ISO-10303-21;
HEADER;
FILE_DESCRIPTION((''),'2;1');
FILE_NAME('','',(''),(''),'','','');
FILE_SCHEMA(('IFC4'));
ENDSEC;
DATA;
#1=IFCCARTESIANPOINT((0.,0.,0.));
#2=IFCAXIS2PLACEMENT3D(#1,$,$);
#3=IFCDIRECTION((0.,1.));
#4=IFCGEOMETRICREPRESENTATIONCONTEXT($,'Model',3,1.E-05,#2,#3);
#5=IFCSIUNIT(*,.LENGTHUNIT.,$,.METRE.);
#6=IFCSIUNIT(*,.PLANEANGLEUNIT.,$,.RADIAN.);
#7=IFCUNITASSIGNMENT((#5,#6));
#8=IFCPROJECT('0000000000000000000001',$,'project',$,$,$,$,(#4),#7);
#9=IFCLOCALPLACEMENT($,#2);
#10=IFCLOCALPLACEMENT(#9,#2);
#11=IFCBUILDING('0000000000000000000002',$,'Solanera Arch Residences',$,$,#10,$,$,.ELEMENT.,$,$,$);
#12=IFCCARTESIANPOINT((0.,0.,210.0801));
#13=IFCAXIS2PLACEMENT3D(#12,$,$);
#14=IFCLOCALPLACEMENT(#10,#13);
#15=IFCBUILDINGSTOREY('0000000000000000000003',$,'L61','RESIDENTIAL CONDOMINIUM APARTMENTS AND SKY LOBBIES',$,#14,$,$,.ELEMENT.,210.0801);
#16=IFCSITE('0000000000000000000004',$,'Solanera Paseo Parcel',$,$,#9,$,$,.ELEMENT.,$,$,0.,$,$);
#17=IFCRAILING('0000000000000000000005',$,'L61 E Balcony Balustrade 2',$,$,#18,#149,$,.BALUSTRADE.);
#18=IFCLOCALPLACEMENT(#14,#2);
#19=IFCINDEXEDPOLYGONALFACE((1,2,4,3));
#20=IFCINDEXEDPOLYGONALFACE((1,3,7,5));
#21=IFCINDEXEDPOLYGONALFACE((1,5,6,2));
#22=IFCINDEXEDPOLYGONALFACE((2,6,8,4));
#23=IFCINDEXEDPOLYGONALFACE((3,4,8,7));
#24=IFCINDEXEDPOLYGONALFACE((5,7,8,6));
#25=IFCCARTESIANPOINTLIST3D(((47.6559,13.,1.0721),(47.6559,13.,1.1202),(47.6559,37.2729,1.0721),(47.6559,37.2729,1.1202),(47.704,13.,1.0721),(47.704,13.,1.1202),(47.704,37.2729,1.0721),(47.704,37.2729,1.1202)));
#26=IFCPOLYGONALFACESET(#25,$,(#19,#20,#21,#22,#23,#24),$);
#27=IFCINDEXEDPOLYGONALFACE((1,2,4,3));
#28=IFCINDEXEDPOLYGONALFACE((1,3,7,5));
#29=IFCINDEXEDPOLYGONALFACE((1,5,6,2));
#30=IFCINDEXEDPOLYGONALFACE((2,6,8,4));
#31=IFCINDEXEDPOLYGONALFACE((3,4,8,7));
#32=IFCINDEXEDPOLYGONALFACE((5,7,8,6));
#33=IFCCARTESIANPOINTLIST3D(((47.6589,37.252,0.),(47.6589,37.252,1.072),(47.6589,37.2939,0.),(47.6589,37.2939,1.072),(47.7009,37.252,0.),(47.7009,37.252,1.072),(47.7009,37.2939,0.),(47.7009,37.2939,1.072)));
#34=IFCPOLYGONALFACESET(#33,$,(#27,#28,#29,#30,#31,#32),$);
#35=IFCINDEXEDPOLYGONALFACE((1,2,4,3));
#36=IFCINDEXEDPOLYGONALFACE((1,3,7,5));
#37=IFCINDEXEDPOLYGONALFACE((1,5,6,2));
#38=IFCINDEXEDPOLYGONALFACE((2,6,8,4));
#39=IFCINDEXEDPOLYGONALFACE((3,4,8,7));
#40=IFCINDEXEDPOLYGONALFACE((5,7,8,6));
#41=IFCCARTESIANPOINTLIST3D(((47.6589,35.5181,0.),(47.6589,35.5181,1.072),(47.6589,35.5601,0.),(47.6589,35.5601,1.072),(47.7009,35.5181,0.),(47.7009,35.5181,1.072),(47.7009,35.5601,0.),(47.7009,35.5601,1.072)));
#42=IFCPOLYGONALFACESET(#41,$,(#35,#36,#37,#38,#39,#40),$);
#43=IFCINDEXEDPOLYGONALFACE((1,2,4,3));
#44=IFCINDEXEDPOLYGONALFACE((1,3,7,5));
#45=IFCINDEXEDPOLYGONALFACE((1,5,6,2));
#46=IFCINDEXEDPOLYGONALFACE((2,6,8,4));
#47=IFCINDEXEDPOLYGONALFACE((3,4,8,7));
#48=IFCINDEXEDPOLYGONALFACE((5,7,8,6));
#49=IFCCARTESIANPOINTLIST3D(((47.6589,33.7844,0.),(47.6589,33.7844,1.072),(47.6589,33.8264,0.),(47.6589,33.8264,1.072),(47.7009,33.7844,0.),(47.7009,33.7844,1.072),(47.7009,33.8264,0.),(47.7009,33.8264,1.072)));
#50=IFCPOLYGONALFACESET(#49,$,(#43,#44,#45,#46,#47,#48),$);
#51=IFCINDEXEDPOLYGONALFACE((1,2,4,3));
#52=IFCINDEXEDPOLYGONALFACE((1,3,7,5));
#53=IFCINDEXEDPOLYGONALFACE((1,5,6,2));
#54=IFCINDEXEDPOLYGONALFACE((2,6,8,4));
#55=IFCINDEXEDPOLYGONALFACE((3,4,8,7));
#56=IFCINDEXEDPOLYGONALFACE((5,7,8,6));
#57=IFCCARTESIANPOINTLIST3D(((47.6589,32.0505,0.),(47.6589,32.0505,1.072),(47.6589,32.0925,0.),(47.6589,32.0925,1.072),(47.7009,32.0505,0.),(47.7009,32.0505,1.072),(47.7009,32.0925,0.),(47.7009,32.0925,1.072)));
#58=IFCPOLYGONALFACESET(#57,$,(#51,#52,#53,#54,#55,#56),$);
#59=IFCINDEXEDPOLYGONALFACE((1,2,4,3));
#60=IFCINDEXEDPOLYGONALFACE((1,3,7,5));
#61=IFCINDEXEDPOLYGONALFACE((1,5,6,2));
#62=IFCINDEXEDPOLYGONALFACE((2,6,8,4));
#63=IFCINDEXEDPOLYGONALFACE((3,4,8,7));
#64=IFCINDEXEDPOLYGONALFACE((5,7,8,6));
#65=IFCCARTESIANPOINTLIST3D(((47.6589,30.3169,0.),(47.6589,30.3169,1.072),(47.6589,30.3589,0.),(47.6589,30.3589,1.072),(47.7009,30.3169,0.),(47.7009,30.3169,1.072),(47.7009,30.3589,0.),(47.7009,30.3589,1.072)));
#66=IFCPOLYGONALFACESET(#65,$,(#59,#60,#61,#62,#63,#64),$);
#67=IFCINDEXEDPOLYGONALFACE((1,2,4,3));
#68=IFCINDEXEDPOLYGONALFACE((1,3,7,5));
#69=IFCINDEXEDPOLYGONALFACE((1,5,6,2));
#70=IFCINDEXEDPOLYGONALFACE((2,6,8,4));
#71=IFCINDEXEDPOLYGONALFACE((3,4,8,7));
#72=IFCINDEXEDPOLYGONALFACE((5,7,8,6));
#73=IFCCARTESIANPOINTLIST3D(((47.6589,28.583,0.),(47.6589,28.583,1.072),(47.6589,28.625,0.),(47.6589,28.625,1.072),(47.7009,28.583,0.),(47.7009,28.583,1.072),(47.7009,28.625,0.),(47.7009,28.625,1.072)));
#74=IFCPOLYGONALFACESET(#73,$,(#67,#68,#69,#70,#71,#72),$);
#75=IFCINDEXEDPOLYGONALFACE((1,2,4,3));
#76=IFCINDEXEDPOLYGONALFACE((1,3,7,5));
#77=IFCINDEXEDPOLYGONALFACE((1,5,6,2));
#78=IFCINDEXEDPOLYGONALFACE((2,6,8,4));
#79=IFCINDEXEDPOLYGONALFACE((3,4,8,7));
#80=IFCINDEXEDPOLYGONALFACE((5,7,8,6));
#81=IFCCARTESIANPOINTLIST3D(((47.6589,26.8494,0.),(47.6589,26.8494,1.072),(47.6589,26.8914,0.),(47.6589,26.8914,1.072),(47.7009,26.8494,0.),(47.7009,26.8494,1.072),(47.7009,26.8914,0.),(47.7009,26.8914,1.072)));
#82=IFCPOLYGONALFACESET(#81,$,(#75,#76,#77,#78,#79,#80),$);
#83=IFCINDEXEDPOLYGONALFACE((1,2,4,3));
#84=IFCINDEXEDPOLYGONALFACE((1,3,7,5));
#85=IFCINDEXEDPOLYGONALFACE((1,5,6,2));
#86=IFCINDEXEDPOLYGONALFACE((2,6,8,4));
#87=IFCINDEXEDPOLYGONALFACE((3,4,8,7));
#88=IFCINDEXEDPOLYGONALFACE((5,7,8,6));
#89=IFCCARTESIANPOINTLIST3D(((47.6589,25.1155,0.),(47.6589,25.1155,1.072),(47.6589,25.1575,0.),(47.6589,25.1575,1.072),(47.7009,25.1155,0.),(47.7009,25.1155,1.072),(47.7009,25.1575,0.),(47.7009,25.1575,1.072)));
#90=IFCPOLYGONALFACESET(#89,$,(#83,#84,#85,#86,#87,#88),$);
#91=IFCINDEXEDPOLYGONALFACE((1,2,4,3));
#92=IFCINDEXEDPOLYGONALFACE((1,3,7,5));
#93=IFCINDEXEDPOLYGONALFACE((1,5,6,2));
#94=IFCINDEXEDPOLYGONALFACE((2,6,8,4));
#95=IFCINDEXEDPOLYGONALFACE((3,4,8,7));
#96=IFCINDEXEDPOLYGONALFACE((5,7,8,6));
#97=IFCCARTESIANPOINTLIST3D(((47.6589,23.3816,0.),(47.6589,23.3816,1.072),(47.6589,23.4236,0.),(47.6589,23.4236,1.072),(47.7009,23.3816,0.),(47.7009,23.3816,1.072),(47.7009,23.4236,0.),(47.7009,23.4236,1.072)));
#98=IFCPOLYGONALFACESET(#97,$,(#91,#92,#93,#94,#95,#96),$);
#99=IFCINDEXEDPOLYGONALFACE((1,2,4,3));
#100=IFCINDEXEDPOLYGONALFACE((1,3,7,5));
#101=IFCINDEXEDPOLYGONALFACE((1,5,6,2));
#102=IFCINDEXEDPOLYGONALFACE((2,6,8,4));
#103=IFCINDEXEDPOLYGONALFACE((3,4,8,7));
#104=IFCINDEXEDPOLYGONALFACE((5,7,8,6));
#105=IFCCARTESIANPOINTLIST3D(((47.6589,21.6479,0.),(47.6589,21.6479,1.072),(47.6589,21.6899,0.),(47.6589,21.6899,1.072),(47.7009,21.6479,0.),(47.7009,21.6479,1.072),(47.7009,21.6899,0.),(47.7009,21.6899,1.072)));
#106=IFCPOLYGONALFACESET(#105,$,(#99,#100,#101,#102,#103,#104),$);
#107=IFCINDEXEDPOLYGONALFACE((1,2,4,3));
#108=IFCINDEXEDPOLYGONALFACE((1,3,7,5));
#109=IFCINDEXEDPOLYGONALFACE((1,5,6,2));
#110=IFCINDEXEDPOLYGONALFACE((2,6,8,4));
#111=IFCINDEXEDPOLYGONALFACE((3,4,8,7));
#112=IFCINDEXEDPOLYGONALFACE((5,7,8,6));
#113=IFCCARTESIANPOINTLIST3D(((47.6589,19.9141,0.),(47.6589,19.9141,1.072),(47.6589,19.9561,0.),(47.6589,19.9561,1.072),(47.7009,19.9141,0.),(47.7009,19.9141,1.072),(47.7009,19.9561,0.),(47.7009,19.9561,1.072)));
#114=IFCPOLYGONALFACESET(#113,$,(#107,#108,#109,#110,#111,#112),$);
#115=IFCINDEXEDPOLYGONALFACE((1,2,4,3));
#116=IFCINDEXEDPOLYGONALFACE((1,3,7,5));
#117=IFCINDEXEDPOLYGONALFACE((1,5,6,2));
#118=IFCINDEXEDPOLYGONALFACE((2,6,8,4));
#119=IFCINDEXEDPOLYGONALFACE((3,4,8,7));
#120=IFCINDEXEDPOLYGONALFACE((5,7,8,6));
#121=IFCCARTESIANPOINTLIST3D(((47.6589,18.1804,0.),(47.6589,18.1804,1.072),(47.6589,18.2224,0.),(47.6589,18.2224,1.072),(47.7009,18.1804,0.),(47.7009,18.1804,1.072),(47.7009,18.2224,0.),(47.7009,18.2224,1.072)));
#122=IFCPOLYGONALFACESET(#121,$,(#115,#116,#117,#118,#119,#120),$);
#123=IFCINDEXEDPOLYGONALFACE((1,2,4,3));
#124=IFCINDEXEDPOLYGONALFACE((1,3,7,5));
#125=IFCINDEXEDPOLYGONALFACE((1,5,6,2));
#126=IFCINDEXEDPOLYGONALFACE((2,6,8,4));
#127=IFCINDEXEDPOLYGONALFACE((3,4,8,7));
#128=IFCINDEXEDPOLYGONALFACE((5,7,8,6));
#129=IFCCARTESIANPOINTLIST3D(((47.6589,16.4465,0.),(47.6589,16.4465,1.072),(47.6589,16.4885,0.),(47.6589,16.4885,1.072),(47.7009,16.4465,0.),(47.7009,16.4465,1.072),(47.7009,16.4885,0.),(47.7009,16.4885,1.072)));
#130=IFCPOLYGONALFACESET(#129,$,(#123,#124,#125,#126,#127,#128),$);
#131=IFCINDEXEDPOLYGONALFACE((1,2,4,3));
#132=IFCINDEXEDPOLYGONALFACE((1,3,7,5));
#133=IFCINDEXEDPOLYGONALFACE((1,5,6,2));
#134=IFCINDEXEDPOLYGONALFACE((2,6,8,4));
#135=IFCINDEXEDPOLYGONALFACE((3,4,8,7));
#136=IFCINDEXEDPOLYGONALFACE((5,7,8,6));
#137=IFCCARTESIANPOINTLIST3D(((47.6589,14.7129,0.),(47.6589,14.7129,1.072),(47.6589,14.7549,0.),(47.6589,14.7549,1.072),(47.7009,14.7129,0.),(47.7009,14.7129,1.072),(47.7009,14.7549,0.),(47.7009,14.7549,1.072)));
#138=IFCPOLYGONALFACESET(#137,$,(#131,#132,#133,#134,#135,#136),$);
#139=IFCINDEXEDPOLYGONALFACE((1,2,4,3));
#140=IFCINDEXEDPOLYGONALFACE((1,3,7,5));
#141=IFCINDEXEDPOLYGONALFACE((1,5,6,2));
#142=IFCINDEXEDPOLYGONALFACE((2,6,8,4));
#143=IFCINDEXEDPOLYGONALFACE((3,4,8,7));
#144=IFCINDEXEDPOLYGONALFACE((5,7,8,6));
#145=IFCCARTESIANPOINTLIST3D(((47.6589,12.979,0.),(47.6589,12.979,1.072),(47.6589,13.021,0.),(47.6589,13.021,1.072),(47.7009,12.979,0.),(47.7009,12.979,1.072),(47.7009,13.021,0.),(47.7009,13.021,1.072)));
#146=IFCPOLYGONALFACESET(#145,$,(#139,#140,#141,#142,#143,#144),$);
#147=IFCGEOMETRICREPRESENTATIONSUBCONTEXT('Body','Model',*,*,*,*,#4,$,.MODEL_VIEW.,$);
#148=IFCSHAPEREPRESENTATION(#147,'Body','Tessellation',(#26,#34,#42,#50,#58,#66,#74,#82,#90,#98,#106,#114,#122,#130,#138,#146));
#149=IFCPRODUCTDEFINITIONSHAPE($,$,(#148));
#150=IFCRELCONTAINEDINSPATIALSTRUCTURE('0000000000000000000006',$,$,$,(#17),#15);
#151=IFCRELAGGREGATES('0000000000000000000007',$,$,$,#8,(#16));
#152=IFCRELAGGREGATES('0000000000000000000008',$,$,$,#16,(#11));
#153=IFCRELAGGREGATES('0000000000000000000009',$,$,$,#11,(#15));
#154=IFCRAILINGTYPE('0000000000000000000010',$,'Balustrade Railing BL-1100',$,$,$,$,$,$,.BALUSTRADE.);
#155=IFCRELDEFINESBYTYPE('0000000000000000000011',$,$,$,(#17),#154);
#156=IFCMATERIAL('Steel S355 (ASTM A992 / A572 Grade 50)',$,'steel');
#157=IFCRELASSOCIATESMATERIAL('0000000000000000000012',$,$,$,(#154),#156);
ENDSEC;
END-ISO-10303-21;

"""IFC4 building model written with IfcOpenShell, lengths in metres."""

from ifc_helpers import new_model, si_unit, direction, frame, origin, origin_2d, place, context, subcontext, project, spatial, rectangle, extrude, material, type_object, element, save


model = new_model("IFC4")

# Units and contexts
model_context = context("Model", 3, precision=1e-05, world=origin(), true_north=direction((0.0, 1.0)))
body_context = subcontext(model_context, "Body", "Model", "MODEL_VIEW")
ifc_project = project(units=[si_unit("LENGTHUNIT", "METRE"), si_unit("PLANEANGLEUNIT", "RADIAN")], contexts=[model_context])

# Site, building, storey
site_placement = place(None, origin())
site = spatial("IfcSite", under=ifc_project, at=site_placement, Name="Solanera Paseo Parcel", CompositionType="ELEMENT", RefElevation=0.0)
building_placement = place(site_placement, origin())
building = spatial("IfcBuilding", under=site, at=building_placement, Name="Solanera Arch Residences", CompositionType="ELEMENT")
storey_placement = place(building_placement, frame((0.0, 0.0, 210.0801)))
storey = spatial("IfcBuildingStorey", under=building, at=storey_placement, Name="L61", Description="RESIDENTIAL CONDOMINIUM APARTMENTS AND SKY LOBBIES", CompositionType="ELEMENT", Elevation=210.0801)

# Railing
ifc_material_1 = material(Name="Steel S355 (ASTM A992 / A572 Grade 50)", Category="steel")
railing_type = type_object("IfcRailingType", Name="Balustrade Railing BL-1100", PredefinedType="BALUSTRADE", material=ifc_material_1)
railing_placement = place(storey_placement, frame((47.6799, 37.2729, 0.0)))
element("IfcRailing", 1, at=railing_placement, inside=storey, type_object=railing_type, Name="L61 E Balcony Balustrade 2", PredefinedType="BALUSTRADE", context=body_context, shape_type="SweptSolid", body=[
    extrude(rectangle(XDim=0.0481, YDim=0.0481, at=origin_2d()), frame((0.0, 0.0, 1.0962), z_axis=(0.0, -1.0, 0.0), x_axis=(1.0, 0.0, 0.0)), (0.0, 0.0, 1.0), 24.2729),
    extrude(rectangle(XDim=0.042, YDim=0.042, at=origin_2d()), origin(), (0.0, 0.0, 1.0), 1.072),
    extrude(rectangle(XDim=0.042, YDim=0.042, at=origin_2d()), frame((0.0, -1.7339, 0.0)), (0.0, 0.0, 1.0), 1.072),
    extrude(rectangle(XDim=0.042, YDim=0.042, at=origin_2d()), frame((0.0, -3.4675, 0.0)), (0.0, 0.0, 1.0), 1.072),
    extrude(rectangle(XDim=0.042, YDim=0.042, at=origin_2d()), frame((0.0, -5.2014, 0.0)), (0.0, 0.0, 1.0), 1.072),
    extrude(rectangle(XDim=0.042, YDim=0.042, at=origin_2d()), frame((0.0, -6.9351, 0.0)), (0.0, 0.0, 1.0), 1.072),
    extrude(rectangle(XDim=0.042, YDim=0.042, at=origin_2d()), frame((0.0, -8.6689, 0.0)), (0.0, 0.0, 1.0), 1.072),
    extrude(rectangle(XDim=0.042, YDim=0.042, at=origin_2d()), frame((0.0, -10.4026, 0.0)), (0.0, 0.0, 1.0), 1.072),
    extrude(rectangle(XDim=0.042, YDim=0.042, at=origin_2d()), frame((0.0, -12.1365, 0.0)), (0.0, 0.0, 1.0), 1.072),
    extrude(rectangle(XDim=0.042, YDim=0.042, at=origin_2d()), frame((0.0, -13.8704, 0.0)), (0.0, 0.0, 1.0), 1.072),
    extrude(rectangle(XDim=0.042, YDim=0.042, at=origin_2d()), frame((0.0, -15.604, 0.0)), (0.0, 0.0, 1.0), 1.072),
    extrude(rectangle(XDim=0.042, YDim=0.042, at=origin_2d()), frame((0.0, -17.3379, 0.0)), (0.0, 0.0, 1.0), 1.072),
    extrude(rectangle(XDim=0.042, YDim=0.042, at=origin_2d()), frame((0.0, -19.0715, 0.0)), (0.0, 0.0, 1.0), 1.072),
    extrude(rectangle(XDim=0.042, YDim=0.042, at=origin_2d()), frame((0.0, -20.8054, 0.0)), (0.0, 0.0, 1.0), 1.072),
    extrude(rectangle(XDim=0.042, YDim=0.042, at=origin_2d()), frame((0.0, -22.5391, 0.0)), (0.0, 0.0, 1.0), 1.072),
    extrude(rectangle(XDim=0.042, YDim=0.042, at=origin_2d()), frame((0.0, -24.2729, 0.0)), (0.0, 0.0, 1.0), 1.072),
])

save(model, "model.ifc")
